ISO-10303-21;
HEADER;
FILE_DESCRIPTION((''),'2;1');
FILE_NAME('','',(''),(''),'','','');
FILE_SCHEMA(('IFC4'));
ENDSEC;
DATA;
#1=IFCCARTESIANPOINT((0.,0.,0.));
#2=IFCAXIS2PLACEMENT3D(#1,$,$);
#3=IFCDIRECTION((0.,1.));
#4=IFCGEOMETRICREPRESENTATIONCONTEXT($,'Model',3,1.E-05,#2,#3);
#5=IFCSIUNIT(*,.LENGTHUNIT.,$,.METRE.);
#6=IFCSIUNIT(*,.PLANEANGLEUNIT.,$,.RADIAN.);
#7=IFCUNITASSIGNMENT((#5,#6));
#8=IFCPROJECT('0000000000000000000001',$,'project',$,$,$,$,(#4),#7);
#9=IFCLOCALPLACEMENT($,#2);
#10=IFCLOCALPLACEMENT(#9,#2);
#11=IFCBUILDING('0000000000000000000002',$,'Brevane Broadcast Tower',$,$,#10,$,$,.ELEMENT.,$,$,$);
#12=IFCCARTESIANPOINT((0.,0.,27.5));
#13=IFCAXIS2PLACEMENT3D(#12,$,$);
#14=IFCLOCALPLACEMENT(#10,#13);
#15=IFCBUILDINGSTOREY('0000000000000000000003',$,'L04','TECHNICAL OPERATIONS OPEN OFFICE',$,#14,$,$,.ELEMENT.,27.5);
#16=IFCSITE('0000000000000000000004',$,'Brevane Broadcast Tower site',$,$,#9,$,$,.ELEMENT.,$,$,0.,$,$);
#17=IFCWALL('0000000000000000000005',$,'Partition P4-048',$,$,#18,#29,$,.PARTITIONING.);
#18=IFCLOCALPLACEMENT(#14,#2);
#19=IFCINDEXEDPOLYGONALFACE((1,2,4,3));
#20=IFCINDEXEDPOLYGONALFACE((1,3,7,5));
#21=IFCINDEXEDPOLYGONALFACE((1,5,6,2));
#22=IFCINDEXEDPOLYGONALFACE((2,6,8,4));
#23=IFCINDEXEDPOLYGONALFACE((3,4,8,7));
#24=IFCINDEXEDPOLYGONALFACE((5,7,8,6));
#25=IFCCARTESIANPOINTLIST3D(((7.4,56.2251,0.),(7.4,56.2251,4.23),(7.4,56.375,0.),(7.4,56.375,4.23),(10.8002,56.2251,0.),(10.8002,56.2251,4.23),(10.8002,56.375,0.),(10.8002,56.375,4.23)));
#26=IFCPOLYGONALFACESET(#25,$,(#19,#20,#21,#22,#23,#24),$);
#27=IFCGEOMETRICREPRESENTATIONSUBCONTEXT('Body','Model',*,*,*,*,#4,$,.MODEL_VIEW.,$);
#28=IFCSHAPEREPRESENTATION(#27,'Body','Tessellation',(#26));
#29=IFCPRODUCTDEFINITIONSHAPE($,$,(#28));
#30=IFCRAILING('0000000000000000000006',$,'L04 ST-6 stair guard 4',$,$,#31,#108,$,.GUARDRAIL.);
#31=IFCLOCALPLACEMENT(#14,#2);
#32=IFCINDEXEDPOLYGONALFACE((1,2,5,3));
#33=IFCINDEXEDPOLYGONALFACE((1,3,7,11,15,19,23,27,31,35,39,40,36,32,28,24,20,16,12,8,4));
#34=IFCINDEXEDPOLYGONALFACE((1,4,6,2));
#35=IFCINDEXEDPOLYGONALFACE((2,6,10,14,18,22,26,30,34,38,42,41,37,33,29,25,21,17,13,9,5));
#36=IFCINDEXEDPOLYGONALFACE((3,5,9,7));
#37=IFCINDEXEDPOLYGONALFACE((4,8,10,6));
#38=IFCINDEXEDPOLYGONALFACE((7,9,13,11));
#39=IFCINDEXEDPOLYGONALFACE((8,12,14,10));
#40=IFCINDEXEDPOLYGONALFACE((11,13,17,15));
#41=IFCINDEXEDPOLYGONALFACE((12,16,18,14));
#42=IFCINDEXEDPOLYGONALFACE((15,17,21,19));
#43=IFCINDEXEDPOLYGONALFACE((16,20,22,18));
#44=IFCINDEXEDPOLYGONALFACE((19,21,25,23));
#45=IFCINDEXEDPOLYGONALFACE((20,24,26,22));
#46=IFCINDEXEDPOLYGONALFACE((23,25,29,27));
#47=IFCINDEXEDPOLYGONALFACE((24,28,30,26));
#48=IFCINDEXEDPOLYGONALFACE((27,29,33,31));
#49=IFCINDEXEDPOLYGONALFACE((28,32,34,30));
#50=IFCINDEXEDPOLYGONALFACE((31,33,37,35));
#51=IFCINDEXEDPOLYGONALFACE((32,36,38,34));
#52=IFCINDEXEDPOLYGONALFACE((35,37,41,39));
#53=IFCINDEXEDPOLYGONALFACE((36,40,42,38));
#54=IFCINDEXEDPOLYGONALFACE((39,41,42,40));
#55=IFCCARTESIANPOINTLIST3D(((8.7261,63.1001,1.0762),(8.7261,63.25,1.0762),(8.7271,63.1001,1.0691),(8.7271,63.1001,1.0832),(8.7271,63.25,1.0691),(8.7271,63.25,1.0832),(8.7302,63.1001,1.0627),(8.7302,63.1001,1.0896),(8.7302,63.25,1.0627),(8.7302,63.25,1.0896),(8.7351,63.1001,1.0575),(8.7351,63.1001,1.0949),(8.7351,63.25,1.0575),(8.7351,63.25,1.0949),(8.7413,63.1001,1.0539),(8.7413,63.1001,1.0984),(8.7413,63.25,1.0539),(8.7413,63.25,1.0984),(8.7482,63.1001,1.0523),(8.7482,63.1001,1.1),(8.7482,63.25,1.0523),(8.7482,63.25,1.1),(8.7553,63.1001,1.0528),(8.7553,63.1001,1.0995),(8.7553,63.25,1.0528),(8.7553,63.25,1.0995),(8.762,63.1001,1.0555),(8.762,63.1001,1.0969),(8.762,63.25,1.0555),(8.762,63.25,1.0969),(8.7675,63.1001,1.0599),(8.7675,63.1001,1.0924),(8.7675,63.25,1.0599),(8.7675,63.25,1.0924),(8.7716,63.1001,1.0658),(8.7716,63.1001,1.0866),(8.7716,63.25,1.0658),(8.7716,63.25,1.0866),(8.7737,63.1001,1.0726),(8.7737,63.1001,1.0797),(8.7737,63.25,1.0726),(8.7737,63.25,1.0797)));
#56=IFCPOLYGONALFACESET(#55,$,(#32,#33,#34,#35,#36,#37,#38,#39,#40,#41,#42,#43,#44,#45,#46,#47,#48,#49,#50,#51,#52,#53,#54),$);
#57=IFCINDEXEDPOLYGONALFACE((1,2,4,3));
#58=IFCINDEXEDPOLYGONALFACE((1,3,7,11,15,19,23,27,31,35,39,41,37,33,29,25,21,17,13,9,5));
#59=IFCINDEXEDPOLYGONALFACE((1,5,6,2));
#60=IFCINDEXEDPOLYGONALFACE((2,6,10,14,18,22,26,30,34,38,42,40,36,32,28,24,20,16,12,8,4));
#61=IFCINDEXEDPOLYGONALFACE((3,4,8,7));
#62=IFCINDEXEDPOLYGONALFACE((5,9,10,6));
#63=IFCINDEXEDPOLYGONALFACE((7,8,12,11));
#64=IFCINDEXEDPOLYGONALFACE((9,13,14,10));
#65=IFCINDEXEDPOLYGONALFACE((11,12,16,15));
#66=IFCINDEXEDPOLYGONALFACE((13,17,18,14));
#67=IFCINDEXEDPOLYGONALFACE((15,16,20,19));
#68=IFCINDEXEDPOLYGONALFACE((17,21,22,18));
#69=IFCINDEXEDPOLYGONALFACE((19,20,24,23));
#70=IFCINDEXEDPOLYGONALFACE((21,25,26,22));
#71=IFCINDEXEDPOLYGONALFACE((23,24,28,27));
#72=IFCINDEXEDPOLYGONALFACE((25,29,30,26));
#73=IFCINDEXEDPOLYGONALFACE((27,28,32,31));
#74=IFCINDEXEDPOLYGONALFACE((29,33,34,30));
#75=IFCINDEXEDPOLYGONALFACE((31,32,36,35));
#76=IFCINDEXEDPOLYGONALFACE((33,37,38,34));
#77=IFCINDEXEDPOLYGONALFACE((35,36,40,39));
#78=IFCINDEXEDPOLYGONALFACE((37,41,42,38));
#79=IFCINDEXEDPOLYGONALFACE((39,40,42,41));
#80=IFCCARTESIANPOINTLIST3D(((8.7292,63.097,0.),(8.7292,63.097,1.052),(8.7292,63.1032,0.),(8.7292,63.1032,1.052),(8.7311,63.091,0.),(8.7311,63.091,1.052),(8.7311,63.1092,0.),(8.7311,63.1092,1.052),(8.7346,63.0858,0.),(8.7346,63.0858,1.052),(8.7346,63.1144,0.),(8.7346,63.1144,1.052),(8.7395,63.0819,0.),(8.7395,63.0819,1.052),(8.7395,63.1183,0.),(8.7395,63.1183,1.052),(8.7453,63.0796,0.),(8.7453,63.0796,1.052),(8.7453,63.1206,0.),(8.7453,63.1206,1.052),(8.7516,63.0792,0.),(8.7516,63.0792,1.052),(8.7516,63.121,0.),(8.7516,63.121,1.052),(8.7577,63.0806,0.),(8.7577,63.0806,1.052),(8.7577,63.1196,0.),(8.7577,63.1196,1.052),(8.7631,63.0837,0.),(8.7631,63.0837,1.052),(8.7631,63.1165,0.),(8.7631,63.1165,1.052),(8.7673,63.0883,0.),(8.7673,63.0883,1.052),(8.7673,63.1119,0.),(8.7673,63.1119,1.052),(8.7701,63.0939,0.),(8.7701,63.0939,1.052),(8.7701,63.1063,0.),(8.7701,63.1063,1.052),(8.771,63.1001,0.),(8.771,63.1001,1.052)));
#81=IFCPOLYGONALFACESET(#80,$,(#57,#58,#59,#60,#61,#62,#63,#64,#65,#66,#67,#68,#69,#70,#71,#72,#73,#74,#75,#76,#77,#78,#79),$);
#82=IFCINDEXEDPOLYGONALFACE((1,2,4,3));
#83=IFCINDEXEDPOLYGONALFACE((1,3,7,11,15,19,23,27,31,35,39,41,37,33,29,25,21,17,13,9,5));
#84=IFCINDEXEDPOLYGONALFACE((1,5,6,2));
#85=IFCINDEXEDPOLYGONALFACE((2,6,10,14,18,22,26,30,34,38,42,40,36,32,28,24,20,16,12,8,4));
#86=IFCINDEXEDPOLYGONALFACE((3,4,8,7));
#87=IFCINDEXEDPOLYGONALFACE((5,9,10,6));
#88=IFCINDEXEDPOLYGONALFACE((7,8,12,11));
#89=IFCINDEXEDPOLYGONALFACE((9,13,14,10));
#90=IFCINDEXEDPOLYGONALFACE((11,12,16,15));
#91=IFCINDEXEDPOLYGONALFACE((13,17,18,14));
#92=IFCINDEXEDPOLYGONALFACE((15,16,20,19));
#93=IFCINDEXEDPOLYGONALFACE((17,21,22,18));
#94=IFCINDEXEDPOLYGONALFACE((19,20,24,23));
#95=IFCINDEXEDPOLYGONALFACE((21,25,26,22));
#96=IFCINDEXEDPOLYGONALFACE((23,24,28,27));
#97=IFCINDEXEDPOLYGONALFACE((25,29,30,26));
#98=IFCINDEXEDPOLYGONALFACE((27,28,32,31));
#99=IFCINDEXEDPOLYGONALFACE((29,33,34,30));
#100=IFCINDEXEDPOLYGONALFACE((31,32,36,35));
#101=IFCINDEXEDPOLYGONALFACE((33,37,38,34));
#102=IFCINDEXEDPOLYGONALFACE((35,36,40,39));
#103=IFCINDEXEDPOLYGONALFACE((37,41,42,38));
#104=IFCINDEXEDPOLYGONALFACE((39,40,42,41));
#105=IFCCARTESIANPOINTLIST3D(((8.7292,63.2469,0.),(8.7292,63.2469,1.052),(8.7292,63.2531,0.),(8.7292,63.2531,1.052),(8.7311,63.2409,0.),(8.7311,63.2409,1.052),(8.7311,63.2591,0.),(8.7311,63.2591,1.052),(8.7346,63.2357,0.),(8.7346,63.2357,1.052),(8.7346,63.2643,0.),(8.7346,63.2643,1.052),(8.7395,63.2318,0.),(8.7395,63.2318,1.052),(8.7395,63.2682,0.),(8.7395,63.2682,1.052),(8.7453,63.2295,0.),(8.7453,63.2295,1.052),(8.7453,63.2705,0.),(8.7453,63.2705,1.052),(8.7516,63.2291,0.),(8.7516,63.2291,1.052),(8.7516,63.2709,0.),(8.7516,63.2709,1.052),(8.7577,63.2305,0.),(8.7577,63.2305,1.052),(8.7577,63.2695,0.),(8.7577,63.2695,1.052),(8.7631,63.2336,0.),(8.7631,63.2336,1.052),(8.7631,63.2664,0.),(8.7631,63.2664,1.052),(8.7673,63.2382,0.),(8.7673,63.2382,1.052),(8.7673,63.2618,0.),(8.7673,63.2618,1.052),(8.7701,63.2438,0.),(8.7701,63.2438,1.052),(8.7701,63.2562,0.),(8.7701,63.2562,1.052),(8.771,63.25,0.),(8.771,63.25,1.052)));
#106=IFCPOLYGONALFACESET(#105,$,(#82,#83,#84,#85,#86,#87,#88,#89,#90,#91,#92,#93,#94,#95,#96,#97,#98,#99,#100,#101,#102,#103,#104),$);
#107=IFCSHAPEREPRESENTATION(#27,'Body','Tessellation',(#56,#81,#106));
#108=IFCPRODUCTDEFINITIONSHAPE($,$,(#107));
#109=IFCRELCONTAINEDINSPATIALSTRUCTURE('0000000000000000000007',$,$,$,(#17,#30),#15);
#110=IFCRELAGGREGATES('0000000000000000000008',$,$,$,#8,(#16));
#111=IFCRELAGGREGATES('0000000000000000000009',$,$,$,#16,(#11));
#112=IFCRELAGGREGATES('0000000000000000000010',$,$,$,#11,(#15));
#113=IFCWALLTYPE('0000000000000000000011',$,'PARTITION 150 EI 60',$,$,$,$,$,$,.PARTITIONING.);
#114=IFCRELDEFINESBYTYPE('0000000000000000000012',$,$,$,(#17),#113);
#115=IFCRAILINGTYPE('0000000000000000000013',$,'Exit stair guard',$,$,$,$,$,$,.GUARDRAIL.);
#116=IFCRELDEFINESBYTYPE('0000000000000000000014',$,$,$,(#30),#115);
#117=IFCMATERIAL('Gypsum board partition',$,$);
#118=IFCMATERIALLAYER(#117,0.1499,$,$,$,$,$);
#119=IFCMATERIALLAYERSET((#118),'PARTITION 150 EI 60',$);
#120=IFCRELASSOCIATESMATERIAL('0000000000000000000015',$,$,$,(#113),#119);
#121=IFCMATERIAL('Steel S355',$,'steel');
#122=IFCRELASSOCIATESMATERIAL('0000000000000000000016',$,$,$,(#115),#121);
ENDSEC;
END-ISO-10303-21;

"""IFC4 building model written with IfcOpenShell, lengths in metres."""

from ifc_helpers import new_model, si_unit, direction, frame, frame_2d, origin, origin_2d, place, context, subcontext, project, spatial, rectangle, circle, extrude, material, layer, layer_set, type_object, element, save


model = new_model("IFC4")

# Units and contexts
model_context = context("Model", 3, precision=1e-05, world=origin(), true_north=direction((0.0, 1.0)))
body_context = subcontext(model_context, "Body", "Model", "MODEL_VIEW")
ifc_project = project(units=[si_unit("LENGTHUNIT", "METRE"), si_unit("PLANEANGLEUNIT", "RADIAN")], contexts=[model_context])

# Site, building, storey
site_placement = place(None, origin())
site = spatial("IfcSite", under=ifc_project, at=site_placement, Name="Brevane Broadcast Tower site", CompositionType="ELEMENT", RefElevation=0.0)
building_placement = place(site_placement, origin())
building = spatial("IfcBuilding", under=site, at=building_placement, Name="Brevane Broadcast Tower", CompositionType="ELEMENT")
storey_placement = place(building_placement, frame((0.0, 0.0, 27.5)))
storey = spatial("IfcBuildingStorey", under=building, at=storey_placement, Name="L04", Description="TECHNICAL OPERATIONS OPEN OFFICE", CompositionType="ELEMENT", Elevation=27.5)

# Shared definitions
ifc_material_1 = material(Name="Gypsum board partition")

# Shared definitions
ifc_layer_1 = layer(ifc_material_1, 0.1499)
ifc_layer_set_1 = layer_set([ifc_layer_1], Name="PARTITION 150 EI 60")
wall_type_1 = type_object("IfcWallType", Name="PARTITION 150 EI 60", PredefinedType="PARTITIONING", material=ifc_layer_set_1)

# Wall
wall_1_placement = place(storey_placement, frame((7.3999, 56.3, 0.0), z_axis=(0.0, 0.0, 1.0), x_axis=(1.0, 0.0, 0.0)))
element("IfcWall", 1, at=wall_1_placement, inside=storey, type_object=wall_type_1, Name="Partition P4-048", PredefinedType="PARTITIONING", context=body_context, shape_type="SweptSolid", body=[
    extrude(rectangle(XDim=3.4001, YDim=0.1499, at=frame_2d((1.7002, 0.0))), origin(), (0.0, 0.0, 1.0), 4.23),
])

# Railing
ifc_material_2 = material(Name="Steel S355", Category="steel")
railing_type = type_object("IfcRailingType", Name="Exit stair guard", PredefinedType="GUARDRAIL", material=ifc_material_2)
railing_placement = place(storey_placement, frame((8.75, 63.1001, 0.0)))
element("IfcRailing", 2, at=railing_placement, inside=storey, type_object=railing_type, Name="L04 ST-6 stair guard 4", PredefinedType="GUARDRAIL", context=body_context, shape_type="SweptSolid", body=[
    extrude(circle(Radius=0.0239, at=origin_2d()), frame((0.0, 0.0, 1.0762), z_axis=(0.0, 1.0, 0.0), x_axis=(-1.0, 0.0, 0.0)), (0.0, 0.0, 1.0), 0.1499),
    extrude(circle(Radius=0.021, at=origin_2d()), origin(), (0.0, 0.0, 1.0), 1.052),
    extrude(circle(Radius=0.021, at=origin_2d()), frame((0.0, 0.1499, 0.0)), (0.0, 0.0, 1.0), 1.052),
])

save(model, "model.ifc")
